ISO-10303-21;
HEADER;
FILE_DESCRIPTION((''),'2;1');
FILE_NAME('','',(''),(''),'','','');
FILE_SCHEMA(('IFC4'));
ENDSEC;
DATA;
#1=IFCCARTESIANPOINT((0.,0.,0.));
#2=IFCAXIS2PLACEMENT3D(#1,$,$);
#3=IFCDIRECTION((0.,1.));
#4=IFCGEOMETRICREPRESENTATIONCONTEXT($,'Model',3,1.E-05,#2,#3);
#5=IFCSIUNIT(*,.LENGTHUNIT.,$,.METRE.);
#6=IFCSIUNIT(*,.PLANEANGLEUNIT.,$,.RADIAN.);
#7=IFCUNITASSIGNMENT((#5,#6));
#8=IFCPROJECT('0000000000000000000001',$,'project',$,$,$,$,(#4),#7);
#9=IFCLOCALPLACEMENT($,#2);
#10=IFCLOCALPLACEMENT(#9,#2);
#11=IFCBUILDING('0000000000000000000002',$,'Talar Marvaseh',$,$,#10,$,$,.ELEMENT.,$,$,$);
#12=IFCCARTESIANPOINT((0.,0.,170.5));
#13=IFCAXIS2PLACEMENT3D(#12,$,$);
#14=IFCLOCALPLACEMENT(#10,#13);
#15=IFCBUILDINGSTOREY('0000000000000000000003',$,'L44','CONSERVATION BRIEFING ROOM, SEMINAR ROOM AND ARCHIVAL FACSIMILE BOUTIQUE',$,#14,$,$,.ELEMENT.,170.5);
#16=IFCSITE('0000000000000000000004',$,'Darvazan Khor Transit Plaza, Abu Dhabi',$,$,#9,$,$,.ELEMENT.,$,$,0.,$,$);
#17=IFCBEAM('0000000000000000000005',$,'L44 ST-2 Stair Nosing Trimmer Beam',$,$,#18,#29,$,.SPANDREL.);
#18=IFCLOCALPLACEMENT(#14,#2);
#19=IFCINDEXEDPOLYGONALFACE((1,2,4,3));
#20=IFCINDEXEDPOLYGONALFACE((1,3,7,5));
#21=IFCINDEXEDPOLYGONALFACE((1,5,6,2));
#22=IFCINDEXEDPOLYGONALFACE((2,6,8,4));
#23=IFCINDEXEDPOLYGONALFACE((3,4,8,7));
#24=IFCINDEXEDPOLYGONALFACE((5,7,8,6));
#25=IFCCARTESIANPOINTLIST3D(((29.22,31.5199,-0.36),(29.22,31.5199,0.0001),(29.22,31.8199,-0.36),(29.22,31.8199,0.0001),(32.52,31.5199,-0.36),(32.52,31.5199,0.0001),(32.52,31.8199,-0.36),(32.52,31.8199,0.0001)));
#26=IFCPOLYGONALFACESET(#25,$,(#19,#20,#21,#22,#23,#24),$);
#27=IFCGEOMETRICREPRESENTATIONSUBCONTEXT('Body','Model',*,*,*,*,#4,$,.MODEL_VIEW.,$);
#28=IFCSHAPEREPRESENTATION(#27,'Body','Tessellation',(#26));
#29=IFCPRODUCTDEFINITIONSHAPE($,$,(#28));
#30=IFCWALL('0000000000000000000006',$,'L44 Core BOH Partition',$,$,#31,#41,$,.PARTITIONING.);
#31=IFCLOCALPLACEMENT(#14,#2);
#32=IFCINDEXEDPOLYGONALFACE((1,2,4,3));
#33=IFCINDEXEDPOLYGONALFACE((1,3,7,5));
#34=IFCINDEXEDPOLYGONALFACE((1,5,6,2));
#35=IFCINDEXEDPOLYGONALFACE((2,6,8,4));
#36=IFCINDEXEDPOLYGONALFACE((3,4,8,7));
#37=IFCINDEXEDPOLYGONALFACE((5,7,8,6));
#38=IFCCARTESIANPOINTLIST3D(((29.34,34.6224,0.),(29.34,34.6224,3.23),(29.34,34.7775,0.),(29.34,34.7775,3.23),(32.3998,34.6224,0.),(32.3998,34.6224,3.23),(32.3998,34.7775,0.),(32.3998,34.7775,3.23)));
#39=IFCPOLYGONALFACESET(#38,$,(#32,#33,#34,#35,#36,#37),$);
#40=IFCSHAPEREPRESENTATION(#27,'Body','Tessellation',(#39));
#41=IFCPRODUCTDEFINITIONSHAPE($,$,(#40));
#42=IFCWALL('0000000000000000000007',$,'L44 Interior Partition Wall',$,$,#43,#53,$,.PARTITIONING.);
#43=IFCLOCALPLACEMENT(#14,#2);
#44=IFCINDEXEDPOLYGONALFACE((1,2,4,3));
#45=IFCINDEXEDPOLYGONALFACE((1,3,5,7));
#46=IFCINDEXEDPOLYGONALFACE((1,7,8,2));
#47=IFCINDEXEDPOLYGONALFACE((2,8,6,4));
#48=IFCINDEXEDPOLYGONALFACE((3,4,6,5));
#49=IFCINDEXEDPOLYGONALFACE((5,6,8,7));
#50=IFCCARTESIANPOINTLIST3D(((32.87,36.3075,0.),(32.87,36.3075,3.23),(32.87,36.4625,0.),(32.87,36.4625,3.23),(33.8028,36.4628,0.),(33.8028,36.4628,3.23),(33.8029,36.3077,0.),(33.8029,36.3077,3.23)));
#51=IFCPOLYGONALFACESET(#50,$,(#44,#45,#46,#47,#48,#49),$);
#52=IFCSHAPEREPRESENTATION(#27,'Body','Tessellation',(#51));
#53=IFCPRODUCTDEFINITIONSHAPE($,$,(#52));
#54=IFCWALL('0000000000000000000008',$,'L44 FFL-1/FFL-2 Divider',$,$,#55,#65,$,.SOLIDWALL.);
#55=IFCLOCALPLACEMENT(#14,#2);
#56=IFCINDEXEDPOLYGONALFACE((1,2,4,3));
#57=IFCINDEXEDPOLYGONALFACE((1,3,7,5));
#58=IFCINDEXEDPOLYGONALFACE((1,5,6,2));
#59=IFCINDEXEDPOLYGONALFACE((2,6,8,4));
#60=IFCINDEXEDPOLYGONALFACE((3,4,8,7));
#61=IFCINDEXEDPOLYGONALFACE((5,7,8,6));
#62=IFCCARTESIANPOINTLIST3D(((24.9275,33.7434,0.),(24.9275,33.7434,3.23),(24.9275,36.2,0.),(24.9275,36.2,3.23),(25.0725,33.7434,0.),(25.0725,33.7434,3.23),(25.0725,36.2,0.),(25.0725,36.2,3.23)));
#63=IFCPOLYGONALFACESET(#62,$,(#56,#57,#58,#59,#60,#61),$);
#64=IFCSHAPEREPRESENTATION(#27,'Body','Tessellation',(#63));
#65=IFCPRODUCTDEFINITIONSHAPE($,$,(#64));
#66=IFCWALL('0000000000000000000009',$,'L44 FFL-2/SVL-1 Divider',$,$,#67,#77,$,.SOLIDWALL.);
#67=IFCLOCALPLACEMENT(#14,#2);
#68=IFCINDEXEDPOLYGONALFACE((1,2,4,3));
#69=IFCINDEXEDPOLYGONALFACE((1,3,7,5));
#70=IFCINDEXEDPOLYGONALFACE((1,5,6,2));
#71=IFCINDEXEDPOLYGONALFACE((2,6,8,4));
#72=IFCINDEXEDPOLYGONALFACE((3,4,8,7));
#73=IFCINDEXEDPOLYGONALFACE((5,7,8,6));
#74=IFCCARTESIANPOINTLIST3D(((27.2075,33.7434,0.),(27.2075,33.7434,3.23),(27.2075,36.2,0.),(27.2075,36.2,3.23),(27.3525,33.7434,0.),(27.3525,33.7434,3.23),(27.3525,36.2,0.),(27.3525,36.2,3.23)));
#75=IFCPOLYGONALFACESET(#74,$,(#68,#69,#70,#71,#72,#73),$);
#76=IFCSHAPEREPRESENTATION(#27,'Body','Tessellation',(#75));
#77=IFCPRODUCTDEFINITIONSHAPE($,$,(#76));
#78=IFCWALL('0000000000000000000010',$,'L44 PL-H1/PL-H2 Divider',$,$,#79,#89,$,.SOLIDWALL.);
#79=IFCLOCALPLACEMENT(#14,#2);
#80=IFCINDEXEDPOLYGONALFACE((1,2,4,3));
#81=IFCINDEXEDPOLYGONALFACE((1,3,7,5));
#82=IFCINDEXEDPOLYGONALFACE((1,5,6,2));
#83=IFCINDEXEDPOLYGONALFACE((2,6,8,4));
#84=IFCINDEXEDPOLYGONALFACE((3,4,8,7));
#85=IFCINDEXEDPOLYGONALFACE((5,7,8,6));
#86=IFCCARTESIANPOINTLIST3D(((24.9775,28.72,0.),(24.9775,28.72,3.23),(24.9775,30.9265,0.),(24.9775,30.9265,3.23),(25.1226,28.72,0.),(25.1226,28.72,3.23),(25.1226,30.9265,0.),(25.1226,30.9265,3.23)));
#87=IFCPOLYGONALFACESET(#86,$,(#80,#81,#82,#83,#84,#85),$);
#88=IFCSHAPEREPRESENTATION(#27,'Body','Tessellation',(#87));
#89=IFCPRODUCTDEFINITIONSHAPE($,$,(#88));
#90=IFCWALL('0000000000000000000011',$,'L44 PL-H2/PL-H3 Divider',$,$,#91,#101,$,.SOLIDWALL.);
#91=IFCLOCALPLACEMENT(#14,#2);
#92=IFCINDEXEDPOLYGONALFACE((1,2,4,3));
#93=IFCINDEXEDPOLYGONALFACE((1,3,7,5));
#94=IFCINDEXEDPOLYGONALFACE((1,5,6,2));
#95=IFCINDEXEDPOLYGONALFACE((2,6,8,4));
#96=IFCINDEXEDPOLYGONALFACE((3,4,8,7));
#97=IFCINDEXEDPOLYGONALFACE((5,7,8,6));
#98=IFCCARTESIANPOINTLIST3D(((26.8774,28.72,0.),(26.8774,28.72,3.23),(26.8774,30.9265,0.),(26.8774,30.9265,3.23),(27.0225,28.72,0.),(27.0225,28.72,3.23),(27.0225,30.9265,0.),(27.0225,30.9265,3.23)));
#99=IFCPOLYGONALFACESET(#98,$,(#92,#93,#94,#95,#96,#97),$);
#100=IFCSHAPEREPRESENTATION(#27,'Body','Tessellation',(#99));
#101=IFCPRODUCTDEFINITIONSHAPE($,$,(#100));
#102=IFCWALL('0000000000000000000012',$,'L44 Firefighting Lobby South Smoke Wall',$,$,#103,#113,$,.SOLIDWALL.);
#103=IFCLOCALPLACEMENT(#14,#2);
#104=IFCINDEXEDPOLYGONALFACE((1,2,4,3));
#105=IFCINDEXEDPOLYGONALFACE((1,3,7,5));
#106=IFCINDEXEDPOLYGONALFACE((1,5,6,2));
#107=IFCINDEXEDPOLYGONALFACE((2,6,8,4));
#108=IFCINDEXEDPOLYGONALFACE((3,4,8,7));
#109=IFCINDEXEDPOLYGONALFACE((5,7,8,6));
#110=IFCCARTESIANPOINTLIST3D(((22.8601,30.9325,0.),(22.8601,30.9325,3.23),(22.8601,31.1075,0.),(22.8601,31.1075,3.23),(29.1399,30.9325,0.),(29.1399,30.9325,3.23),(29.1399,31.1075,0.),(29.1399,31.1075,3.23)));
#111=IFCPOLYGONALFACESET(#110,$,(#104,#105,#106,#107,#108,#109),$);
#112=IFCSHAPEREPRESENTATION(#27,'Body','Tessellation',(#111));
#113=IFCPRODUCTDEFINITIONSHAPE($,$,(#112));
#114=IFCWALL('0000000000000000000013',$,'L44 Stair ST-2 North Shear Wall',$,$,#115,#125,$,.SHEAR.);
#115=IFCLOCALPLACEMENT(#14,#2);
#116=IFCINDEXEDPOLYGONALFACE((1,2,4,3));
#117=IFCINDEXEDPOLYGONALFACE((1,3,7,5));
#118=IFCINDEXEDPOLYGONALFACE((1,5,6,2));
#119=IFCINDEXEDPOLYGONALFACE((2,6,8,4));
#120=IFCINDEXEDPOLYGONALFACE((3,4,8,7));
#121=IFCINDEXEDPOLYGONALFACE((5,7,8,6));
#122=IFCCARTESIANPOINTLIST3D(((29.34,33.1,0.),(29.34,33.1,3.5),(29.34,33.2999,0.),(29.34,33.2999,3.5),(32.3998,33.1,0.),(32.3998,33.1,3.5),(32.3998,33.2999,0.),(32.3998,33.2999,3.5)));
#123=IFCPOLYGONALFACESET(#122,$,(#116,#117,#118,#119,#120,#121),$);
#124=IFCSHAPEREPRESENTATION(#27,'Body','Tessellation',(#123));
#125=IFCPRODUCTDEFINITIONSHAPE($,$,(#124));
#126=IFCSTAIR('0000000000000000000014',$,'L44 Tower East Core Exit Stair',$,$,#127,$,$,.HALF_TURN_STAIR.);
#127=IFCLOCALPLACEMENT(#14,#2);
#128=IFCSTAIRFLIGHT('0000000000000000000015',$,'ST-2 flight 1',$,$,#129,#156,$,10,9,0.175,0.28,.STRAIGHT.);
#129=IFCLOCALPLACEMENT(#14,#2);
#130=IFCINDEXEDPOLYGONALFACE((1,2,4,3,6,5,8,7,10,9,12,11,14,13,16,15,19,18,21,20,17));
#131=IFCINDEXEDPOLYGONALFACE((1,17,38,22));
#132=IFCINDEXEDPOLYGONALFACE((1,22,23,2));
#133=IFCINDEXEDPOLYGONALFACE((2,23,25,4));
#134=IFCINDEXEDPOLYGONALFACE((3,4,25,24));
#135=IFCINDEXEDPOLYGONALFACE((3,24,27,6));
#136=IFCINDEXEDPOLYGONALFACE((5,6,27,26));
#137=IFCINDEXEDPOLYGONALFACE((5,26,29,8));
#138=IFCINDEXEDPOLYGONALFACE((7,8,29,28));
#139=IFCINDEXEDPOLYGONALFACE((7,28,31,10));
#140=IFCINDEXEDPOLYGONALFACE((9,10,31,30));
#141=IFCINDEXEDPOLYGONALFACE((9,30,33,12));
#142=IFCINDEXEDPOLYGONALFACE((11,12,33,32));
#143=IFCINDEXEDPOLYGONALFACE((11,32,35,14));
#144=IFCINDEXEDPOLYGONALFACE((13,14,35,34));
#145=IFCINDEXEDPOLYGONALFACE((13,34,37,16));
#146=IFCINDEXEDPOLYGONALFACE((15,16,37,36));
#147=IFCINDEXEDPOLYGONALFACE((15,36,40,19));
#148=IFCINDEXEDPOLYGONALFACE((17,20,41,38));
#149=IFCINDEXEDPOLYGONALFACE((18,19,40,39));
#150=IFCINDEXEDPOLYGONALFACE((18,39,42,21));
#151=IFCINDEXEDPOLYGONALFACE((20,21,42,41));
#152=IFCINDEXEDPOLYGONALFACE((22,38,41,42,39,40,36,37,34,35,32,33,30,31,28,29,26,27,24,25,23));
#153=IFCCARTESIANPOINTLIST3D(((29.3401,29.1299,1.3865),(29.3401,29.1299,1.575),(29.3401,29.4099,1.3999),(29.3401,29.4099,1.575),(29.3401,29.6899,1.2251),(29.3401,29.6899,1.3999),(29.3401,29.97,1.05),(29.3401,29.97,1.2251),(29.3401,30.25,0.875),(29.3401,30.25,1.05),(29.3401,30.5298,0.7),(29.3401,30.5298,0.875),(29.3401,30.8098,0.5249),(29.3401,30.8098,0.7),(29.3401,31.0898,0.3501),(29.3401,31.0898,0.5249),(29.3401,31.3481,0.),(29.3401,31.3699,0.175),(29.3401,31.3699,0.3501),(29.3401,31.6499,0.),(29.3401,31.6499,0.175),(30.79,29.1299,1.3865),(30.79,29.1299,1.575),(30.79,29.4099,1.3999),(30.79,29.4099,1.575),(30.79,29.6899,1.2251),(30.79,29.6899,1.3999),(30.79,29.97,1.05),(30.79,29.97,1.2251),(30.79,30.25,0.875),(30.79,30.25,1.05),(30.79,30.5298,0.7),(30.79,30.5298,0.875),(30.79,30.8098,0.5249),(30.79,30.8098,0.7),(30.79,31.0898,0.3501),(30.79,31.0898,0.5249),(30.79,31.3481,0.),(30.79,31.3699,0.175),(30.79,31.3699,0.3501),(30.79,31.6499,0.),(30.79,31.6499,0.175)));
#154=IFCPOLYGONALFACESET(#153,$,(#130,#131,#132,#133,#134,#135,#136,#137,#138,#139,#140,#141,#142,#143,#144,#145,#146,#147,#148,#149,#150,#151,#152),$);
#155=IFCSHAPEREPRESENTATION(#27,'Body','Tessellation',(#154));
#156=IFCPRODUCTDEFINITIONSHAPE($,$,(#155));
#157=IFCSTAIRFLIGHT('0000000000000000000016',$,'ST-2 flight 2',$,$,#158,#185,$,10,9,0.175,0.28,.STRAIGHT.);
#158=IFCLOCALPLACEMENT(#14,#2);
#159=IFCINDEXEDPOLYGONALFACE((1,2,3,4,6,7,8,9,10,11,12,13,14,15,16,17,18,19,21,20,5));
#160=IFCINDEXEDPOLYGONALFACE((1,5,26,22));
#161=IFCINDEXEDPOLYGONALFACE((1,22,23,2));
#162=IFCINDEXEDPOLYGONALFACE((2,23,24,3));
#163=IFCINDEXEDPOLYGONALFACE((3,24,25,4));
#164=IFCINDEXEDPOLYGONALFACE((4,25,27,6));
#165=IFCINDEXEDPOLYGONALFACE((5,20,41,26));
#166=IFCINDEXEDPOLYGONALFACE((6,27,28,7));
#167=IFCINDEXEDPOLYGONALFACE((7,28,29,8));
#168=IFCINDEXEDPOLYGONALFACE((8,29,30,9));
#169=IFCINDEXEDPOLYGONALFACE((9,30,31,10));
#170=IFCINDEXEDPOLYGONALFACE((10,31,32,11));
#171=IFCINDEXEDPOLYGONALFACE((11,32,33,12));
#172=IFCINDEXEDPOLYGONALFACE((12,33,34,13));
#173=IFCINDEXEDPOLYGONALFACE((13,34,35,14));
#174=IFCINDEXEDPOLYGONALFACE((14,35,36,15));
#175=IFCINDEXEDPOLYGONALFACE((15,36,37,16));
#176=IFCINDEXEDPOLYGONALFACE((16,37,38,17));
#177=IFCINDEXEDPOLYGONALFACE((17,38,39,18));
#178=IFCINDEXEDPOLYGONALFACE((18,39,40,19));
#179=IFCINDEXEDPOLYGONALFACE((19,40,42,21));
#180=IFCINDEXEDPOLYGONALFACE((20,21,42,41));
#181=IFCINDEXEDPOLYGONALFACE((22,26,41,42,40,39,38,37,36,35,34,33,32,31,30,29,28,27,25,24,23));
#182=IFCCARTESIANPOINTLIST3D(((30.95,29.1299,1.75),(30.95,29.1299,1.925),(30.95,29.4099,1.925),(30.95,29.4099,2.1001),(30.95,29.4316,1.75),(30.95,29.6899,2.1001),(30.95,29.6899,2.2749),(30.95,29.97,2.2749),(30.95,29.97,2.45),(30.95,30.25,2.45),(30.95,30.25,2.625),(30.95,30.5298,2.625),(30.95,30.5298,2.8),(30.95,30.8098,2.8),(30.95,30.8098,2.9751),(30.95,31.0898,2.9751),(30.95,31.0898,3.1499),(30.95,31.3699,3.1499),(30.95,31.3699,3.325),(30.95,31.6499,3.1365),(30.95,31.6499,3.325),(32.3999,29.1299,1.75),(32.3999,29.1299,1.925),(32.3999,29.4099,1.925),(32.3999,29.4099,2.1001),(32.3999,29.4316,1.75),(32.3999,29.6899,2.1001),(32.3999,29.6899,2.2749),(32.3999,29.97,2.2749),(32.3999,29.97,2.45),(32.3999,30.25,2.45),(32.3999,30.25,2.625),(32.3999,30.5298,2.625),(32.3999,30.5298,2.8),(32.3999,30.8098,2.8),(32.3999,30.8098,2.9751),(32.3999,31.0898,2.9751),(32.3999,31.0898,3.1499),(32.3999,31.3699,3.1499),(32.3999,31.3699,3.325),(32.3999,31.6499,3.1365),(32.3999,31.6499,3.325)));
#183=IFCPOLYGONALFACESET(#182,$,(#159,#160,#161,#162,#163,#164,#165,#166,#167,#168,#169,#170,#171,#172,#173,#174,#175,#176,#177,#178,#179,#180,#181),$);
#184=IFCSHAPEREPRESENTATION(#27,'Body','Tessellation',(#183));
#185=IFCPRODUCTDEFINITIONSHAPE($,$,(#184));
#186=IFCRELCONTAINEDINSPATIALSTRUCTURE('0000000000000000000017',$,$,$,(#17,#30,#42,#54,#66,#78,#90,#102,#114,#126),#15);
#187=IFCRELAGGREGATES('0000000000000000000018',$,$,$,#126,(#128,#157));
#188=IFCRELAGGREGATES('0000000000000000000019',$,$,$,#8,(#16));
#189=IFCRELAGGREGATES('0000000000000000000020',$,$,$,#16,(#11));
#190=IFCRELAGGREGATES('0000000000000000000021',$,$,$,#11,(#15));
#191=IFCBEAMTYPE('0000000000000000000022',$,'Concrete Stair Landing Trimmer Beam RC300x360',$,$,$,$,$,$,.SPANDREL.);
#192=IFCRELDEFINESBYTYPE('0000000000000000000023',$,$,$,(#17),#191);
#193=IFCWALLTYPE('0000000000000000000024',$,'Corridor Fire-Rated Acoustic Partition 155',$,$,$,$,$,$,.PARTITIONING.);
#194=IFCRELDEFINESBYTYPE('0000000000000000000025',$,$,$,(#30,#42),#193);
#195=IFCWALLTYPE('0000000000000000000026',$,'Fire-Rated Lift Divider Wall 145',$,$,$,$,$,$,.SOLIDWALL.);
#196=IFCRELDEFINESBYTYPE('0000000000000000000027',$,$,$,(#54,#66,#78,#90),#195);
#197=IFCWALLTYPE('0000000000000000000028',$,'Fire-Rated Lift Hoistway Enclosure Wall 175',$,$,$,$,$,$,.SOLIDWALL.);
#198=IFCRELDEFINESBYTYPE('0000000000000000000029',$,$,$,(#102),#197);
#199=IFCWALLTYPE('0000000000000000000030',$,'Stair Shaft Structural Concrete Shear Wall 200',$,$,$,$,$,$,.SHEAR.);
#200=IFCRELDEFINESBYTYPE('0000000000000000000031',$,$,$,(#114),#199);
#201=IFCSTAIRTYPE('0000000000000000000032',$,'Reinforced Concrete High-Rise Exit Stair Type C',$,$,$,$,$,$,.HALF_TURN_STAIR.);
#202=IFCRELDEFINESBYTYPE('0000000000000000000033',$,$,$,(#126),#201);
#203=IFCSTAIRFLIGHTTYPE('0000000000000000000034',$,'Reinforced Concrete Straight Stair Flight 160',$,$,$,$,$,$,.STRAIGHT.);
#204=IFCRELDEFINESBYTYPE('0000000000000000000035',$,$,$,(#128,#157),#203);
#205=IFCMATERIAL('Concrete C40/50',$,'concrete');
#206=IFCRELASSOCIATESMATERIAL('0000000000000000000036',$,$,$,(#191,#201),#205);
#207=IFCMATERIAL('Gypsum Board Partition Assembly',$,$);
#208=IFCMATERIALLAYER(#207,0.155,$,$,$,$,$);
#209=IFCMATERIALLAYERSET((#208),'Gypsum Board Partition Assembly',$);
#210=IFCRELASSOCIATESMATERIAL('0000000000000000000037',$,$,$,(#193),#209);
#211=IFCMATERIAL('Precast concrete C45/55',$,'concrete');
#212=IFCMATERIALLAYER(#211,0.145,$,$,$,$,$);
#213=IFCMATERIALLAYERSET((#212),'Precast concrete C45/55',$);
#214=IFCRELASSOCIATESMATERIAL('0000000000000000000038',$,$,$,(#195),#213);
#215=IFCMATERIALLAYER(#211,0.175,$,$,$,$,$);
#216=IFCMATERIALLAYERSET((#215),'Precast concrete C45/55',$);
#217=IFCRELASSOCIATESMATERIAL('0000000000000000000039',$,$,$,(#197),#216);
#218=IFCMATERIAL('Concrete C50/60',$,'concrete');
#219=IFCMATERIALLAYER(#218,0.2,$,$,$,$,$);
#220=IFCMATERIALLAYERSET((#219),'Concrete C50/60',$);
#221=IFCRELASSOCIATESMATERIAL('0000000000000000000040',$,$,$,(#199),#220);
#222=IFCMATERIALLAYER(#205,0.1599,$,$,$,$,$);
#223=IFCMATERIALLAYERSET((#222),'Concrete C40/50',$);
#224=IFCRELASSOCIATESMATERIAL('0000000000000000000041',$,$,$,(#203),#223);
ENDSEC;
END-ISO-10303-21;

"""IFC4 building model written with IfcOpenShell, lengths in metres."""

from ifc_helpers import new_model, si_unit, direction, frame, frame_2d, origin, origin_2d, place, context, subcontext, project, spatial, polyline, rectangle, outline, extrude, material, layer, layer_set, material_profile, profile_set, type_object, element, aggregate, save


model = new_model("IFC4")

# Units and contexts
model_context = context("Model", 3, precision=1e-05, world=origin(), true_north=direction((0.0, 1.0)))
body_context = subcontext(model_context, "Body", "Model", "MODEL_VIEW")
ifc_project = project(units=[si_unit("LENGTHUNIT", "METRE"), si_unit("PLANEANGLEUNIT", "RADIAN")], contexts=[model_context])

# Site, building, storey
site_placement = place(None, origin())
site = spatial("IfcSite", under=ifc_project, at=site_placement, Name="Darvazan Khor Transit Plaza, Abu Dhabi", CompositionType="ELEMENT", RefElevation=0.0)
building_placement = place(site_placement, origin())
building = spatial("IfcBuilding", under=site, at=building_placement, Name="Talar Marvaseh", CompositionType="ELEMENT")
storey_placement = place(building_placement, frame((0.0, 0.0, 170.5)))
storey = spatial("IfcBuildingStorey", under=building, at=storey_placement, Name="L44", Description="CONSERVATION BRIEFING ROOM, SEMINAR ROOM AND ARCHIVAL FACSIMILE BOUTIQUE", CompositionType="ELEMENT", Elevation=170.5)

# Beam
ifc_material_1 = material(Name="Concrete C40/50", Category="concrete")
ifc_material_profile = material_profile(ifc_material_1, rectangle(XDim=0.3, YDim=0.3601, at=origin_2d()), Name="RC300x360")
ifc_profile_set = profile_set([ifc_material_profile], Name="Concrete C40/50")
beam_type = type_object("IfcBeamType", Name="Concrete Stair Landing Trimmer Beam RC300x360", PredefinedType="SPANDREL", material=ifc_profile_set)
beam_placement = place(storey_placement, frame((29.22, 31.6699, -0.1799), z_axis=(1.0, 0.0, 0.0), x_axis=(0.0, 1.0, 0.0)))
element("IfcBeam", 1, at=beam_placement, inside=storey, type_object=beam_type, Name="L44 ST-2 Stair Nosing Trimmer Beam", PredefinedType="SPANDREL", context=body_context, shape_type="SweptSolid", body=[
    extrude(rectangle(XDim=0.3, YDim=0.3601, at=origin_2d()), origin(), (0.0, 0.0, 1.0), 3.3),
])

# Walls
ifc_material_2 = material(Name="Gypsum Board Partition Assembly")
ifc_layer_1 = layer(ifc_material_2, 0.155)
ifc_layer_set_1 = layer_set([ifc_layer_1], Name="Gypsum Board Partition Assembly")
wall_type_1 = type_object("IfcWallType", Name="Corridor Fire-Rated Acoustic Partition 155", PredefinedType="PARTITIONING", material=ifc_layer_set_1)
wall_1_placement = place(storey_placement, frame((29.3401, 34.7, 0.0), z_axis=(0.0, 0.0, 1.0), x_axis=(1.0, 0.0, 0.0)))
element("IfcWall", 2, at=wall_1_placement, inside=storey, type_object=wall_type_1, Name="L44 Core BOH Partition", PredefinedType="PARTITIONING", context=body_context, shape_type="SweptSolid", body=[
    extrude(rectangle(XDim=3.0598, YDim=0.155, at=frame_2d((1.5298, 0.0))), origin(), (0.0, 0.0, 1.0), 3.23),
])
wall_2_placement = place(storey_placement, frame((32.8701, 36.385, 0.0), z_axis=(0.0, 0.0, 1.0), x_axis=(1.0, 0.000262, 0.0)))
element("IfcWall", 3, at=wall_2_placement, inside=storey, type_object=wall_type_1, Name="L44 Interior Partition Wall", PredefinedType="PARTITIONING", context=body_context, shape_type="SweptSolid", body=[
    extrude(rectangle(XDim=0.9329, YDim=0.155, at=frame_2d((0.4663, 0.0))), origin(), (0.0, 0.0, 1.0), 3.23),
])
ifc_material_3 = material(Name="Precast concrete C45/55", Category="concrete")
ifc_layer_2 = layer(ifc_material_3, 0.145)
ifc_layer_set_2 = layer_set([ifc_layer_2], Name="Precast concrete C45/55")
wall_type_2 = type_object("IfcWallType", Name="Fire-Rated Lift Divider Wall 145", PredefinedType="SOLIDWALL", material=ifc_layer_set_2)
for number, where, z_axis, x_axis, name in (
    (4, (25.0, 33.7434, 0.0), (0.0, 0.0, 1.0), (0.0, 1.0, 0.0), "L44 FFL-1/FFL-2 Divider"),
    (5, (27.28, 33.7434, 0.0), (0.0, 0.0, 1.0), (0.0, 1.0, 0.0), "L44 FFL-2/SVL-1 Divider"),
):
    element("IfcWall", number, at=place(storey_placement, frame(where, z_axis=z_axis, x_axis=x_axis)), inside=storey, type_object=wall_type_2, Name=name, PredefinedType="SOLIDWALL", context=body_context, shape_type="SweptSolid", body=[
        extrude(rectangle(XDim=2.4565, YDim=0.145, at=frame_2d((1.2283, 0.0))), origin(), (0.0, 0.0, 1.0), 3.23),
    ])
for number, where, z_axis, x_axis, name in (
    (6, (25.05, 28.72, 0.0), (0.0, 0.0, 1.0), (0.0, 1.0, 0.0), "L44 PL-H1/PL-H2 Divider"),
    (7, (26.95, 28.72, 0.0), (0.0, 0.0, 1.0), (0.0, 1.0, 0.0), "L44 PL-H2/PL-H3 Divider"),
):
    element("IfcWall", number, at=place(storey_placement, frame(where, z_axis=z_axis, x_axis=x_axis)), inside=storey, type_object=wall_type_2, Name=name, PredefinedType="SOLIDWALL", context=body_context, shape_type="SweptSolid", body=[
        extrude(rectangle(XDim=2.2065, YDim=0.145, at=frame_2d((1.1033, 0.0))), origin(), (0.0, 0.0, 1.0), 3.23),
    ])

# Shared definitions
ifc_layer_3 = layer(ifc_material_3, 0.175)
ifc_layer_set_3 = layer_set([ifc_layer_3], Name="Precast concrete C45/55")
wall_type_3 = type_object("IfcWallType", Name="Fire-Rated Lift Hoistway Enclosure Wall 175", PredefinedType="SOLIDWALL", material=ifc_layer_set_3)

# Wall
wall_3_placement = place(storey_placement, frame((22.8601, 31.02, 0.0), z_axis=(0.0, 0.0, 1.0), x_axis=(1.0, 0.0, 0.0)))
element("IfcWall", 8, at=wall_3_placement, inside=storey, type_object=wall_type_3, Name="L44 Firefighting Lobby South Smoke Wall", PredefinedType="SOLIDWALL", context=body_context, shape_type="SweptSolid", body=[
    extrude(rectangle(XDim=6.2798, YDim=0.175, at=frame_2d((3.1399, 0.0))), origin(), (0.0, 0.0, 1.0), 3.23),
])

# Wall
ifc_material_4 = material(Name="Concrete C50/60", Category="concrete")
ifc_layer_4 = layer(ifc_material_4, 0.2)
ifc_layer_set_4 = layer_set([ifc_layer_4], Name="Concrete C50/60")
wall_type_4 = type_object("IfcWallType", Name="Stair Shaft Structural Concrete Shear Wall 200", PredefinedType="SHEAR", material=ifc_layer_set_4)
wall_4_placement = place(storey_placement, frame((29.3401, 33.2, 0.0), z_axis=(0.0, 0.0, 1.0), x_axis=(1.0, 0.0, 0.0)))
element("IfcWall", 9, at=wall_4_placement, inside=storey, type_object=wall_type_4, Name="L44 Stair ST-2 North Shear Wall", PredefinedType="SHEAR", context=body_context, shape_type="SweptSolid", body=[
    extrude(rectangle(XDim=3.0598, YDim=0.2, at=frame_2d((1.5298, 0.0))), origin(), (0.0, 0.0, 1.0), 3.5),
])

# Stair, stair flights
stair_type = type_object("IfcStairType", Name="Reinforced Concrete High-Rise Exit Stair Type C", PredefinedType="HALF_TURN_STAIR", material=ifc_material_1)
stair_placement = place(storey_placement, origin())
stair = element("IfcStair", 10, at=stair_placement, inside=storey, type_object=stair_type, Name="L44 Tower East Core Exit Stair", PredefinedType="HALF_TURN_STAIR")
ifc_layer_5 = layer(ifc_material_1, 0.1599)
ifc_layer_set_5 = layer_set([ifc_layer_5], Name="Concrete C40/50")
stair_flight_type = type_object("IfcStairFlightType", Name="Reinforced Concrete Straight Stair Flight 160", PredefinedType="STRAIGHT", material=ifc_layer_set_5)
stair_flight_1_placement = place(storey_placement, frame((30.0649, 31.6499, 0.0), z_axis=(0.0, 0.0, 1.0), x_axis=(0.0, -1.0, 0.0)))
stair_flight_1 = element("IfcStairFlight", 11, at=stair_flight_1_placement, type_object=stair_flight_type, Name="ST-2 flight 1", NumberOfRisers=10, NumberOfTreads=9, PredefinedType="STRAIGHT", RiserHeight=0.175, TreadLength=0.28, context=body_context, shape_type="SweptSolid", body=[
    extrude(outline(polyline([(0.0, 0.0), (0.0, 0.175), (0.28, 0.175), (0.28, 0.3501), (0.5601, 0.3501), (0.5601, 0.5249), (0.8401, 0.5249), (0.8401, 0.7), (1.1201, 0.7), (1.1201, 0.875), (1.3999, 0.875), (1.3999, 1.05), (1.6799, 1.05), (1.6799, 1.2251), (1.96, 1.2251), (1.96, 1.3999), (2.24, 1.3999), (2.24, 1.575), (2.52, 1.575), (2.52, 1.75), (2.52, 1.3865), (0.3018, 0.0), (0.0, 0.0)])), frame((0.0, 0.7251, 0.0), z_axis=(0.0, -1.0, 0.0), x_axis=(1.0, 0.0, 0.0)), (0.0, 0.0, 1.0), 1.45),
])
stair_flight_2_placement = place(storey_placement, frame((31.675, 29.1299, 1.75), z_axis=(0.0, 0.0, 1.0), x_axis=(0.0, 1.0, 0.0)))
stair_flight_2 = element("IfcStairFlight", 12, at=stair_flight_2_placement, type_object=stair_flight_type, Name="ST-2 flight 2", NumberOfRisers=10, NumberOfTreads=9, PredefinedType="STRAIGHT", RiserHeight=0.175, TreadLength=0.28, context=body_context, shape_type="SweptSolid", body=[
    extrude(outline(polyline([(0.0, 0.0), (0.0, 0.175), (0.28, 0.175), (0.28, 0.3501), (0.5601, 0.3501), (0.5601, 0.5249), (0.8401, 0.5249), (0.8401, 0.7), (1.1201, 0.7), (1.1201, 0.875), (1.3999, 0.875), (1.3999, 1.05), (1.6799, 1.05), (1.6799, 1.2251), (1.96, 1.2251), (1.96, 1.3999), (2.24, 1.3999), (2.24, 1.575), (2.52, 1.575), (2.52, 1.75), (2.52, 1.3865), (0.3018, 0.0), (0.0, 0.0)])), frame((0.0, 0.7251, 0.0), z_axis=(0.0, -1.0, 0.0), x_axis=(1.0, 0.0, 0.0)), (0.0, 0.0, 1.0), 1.45),
])
aggregate(stair, [stair_flight_1, stair_flight_2])

save(model, "model.ifc")
